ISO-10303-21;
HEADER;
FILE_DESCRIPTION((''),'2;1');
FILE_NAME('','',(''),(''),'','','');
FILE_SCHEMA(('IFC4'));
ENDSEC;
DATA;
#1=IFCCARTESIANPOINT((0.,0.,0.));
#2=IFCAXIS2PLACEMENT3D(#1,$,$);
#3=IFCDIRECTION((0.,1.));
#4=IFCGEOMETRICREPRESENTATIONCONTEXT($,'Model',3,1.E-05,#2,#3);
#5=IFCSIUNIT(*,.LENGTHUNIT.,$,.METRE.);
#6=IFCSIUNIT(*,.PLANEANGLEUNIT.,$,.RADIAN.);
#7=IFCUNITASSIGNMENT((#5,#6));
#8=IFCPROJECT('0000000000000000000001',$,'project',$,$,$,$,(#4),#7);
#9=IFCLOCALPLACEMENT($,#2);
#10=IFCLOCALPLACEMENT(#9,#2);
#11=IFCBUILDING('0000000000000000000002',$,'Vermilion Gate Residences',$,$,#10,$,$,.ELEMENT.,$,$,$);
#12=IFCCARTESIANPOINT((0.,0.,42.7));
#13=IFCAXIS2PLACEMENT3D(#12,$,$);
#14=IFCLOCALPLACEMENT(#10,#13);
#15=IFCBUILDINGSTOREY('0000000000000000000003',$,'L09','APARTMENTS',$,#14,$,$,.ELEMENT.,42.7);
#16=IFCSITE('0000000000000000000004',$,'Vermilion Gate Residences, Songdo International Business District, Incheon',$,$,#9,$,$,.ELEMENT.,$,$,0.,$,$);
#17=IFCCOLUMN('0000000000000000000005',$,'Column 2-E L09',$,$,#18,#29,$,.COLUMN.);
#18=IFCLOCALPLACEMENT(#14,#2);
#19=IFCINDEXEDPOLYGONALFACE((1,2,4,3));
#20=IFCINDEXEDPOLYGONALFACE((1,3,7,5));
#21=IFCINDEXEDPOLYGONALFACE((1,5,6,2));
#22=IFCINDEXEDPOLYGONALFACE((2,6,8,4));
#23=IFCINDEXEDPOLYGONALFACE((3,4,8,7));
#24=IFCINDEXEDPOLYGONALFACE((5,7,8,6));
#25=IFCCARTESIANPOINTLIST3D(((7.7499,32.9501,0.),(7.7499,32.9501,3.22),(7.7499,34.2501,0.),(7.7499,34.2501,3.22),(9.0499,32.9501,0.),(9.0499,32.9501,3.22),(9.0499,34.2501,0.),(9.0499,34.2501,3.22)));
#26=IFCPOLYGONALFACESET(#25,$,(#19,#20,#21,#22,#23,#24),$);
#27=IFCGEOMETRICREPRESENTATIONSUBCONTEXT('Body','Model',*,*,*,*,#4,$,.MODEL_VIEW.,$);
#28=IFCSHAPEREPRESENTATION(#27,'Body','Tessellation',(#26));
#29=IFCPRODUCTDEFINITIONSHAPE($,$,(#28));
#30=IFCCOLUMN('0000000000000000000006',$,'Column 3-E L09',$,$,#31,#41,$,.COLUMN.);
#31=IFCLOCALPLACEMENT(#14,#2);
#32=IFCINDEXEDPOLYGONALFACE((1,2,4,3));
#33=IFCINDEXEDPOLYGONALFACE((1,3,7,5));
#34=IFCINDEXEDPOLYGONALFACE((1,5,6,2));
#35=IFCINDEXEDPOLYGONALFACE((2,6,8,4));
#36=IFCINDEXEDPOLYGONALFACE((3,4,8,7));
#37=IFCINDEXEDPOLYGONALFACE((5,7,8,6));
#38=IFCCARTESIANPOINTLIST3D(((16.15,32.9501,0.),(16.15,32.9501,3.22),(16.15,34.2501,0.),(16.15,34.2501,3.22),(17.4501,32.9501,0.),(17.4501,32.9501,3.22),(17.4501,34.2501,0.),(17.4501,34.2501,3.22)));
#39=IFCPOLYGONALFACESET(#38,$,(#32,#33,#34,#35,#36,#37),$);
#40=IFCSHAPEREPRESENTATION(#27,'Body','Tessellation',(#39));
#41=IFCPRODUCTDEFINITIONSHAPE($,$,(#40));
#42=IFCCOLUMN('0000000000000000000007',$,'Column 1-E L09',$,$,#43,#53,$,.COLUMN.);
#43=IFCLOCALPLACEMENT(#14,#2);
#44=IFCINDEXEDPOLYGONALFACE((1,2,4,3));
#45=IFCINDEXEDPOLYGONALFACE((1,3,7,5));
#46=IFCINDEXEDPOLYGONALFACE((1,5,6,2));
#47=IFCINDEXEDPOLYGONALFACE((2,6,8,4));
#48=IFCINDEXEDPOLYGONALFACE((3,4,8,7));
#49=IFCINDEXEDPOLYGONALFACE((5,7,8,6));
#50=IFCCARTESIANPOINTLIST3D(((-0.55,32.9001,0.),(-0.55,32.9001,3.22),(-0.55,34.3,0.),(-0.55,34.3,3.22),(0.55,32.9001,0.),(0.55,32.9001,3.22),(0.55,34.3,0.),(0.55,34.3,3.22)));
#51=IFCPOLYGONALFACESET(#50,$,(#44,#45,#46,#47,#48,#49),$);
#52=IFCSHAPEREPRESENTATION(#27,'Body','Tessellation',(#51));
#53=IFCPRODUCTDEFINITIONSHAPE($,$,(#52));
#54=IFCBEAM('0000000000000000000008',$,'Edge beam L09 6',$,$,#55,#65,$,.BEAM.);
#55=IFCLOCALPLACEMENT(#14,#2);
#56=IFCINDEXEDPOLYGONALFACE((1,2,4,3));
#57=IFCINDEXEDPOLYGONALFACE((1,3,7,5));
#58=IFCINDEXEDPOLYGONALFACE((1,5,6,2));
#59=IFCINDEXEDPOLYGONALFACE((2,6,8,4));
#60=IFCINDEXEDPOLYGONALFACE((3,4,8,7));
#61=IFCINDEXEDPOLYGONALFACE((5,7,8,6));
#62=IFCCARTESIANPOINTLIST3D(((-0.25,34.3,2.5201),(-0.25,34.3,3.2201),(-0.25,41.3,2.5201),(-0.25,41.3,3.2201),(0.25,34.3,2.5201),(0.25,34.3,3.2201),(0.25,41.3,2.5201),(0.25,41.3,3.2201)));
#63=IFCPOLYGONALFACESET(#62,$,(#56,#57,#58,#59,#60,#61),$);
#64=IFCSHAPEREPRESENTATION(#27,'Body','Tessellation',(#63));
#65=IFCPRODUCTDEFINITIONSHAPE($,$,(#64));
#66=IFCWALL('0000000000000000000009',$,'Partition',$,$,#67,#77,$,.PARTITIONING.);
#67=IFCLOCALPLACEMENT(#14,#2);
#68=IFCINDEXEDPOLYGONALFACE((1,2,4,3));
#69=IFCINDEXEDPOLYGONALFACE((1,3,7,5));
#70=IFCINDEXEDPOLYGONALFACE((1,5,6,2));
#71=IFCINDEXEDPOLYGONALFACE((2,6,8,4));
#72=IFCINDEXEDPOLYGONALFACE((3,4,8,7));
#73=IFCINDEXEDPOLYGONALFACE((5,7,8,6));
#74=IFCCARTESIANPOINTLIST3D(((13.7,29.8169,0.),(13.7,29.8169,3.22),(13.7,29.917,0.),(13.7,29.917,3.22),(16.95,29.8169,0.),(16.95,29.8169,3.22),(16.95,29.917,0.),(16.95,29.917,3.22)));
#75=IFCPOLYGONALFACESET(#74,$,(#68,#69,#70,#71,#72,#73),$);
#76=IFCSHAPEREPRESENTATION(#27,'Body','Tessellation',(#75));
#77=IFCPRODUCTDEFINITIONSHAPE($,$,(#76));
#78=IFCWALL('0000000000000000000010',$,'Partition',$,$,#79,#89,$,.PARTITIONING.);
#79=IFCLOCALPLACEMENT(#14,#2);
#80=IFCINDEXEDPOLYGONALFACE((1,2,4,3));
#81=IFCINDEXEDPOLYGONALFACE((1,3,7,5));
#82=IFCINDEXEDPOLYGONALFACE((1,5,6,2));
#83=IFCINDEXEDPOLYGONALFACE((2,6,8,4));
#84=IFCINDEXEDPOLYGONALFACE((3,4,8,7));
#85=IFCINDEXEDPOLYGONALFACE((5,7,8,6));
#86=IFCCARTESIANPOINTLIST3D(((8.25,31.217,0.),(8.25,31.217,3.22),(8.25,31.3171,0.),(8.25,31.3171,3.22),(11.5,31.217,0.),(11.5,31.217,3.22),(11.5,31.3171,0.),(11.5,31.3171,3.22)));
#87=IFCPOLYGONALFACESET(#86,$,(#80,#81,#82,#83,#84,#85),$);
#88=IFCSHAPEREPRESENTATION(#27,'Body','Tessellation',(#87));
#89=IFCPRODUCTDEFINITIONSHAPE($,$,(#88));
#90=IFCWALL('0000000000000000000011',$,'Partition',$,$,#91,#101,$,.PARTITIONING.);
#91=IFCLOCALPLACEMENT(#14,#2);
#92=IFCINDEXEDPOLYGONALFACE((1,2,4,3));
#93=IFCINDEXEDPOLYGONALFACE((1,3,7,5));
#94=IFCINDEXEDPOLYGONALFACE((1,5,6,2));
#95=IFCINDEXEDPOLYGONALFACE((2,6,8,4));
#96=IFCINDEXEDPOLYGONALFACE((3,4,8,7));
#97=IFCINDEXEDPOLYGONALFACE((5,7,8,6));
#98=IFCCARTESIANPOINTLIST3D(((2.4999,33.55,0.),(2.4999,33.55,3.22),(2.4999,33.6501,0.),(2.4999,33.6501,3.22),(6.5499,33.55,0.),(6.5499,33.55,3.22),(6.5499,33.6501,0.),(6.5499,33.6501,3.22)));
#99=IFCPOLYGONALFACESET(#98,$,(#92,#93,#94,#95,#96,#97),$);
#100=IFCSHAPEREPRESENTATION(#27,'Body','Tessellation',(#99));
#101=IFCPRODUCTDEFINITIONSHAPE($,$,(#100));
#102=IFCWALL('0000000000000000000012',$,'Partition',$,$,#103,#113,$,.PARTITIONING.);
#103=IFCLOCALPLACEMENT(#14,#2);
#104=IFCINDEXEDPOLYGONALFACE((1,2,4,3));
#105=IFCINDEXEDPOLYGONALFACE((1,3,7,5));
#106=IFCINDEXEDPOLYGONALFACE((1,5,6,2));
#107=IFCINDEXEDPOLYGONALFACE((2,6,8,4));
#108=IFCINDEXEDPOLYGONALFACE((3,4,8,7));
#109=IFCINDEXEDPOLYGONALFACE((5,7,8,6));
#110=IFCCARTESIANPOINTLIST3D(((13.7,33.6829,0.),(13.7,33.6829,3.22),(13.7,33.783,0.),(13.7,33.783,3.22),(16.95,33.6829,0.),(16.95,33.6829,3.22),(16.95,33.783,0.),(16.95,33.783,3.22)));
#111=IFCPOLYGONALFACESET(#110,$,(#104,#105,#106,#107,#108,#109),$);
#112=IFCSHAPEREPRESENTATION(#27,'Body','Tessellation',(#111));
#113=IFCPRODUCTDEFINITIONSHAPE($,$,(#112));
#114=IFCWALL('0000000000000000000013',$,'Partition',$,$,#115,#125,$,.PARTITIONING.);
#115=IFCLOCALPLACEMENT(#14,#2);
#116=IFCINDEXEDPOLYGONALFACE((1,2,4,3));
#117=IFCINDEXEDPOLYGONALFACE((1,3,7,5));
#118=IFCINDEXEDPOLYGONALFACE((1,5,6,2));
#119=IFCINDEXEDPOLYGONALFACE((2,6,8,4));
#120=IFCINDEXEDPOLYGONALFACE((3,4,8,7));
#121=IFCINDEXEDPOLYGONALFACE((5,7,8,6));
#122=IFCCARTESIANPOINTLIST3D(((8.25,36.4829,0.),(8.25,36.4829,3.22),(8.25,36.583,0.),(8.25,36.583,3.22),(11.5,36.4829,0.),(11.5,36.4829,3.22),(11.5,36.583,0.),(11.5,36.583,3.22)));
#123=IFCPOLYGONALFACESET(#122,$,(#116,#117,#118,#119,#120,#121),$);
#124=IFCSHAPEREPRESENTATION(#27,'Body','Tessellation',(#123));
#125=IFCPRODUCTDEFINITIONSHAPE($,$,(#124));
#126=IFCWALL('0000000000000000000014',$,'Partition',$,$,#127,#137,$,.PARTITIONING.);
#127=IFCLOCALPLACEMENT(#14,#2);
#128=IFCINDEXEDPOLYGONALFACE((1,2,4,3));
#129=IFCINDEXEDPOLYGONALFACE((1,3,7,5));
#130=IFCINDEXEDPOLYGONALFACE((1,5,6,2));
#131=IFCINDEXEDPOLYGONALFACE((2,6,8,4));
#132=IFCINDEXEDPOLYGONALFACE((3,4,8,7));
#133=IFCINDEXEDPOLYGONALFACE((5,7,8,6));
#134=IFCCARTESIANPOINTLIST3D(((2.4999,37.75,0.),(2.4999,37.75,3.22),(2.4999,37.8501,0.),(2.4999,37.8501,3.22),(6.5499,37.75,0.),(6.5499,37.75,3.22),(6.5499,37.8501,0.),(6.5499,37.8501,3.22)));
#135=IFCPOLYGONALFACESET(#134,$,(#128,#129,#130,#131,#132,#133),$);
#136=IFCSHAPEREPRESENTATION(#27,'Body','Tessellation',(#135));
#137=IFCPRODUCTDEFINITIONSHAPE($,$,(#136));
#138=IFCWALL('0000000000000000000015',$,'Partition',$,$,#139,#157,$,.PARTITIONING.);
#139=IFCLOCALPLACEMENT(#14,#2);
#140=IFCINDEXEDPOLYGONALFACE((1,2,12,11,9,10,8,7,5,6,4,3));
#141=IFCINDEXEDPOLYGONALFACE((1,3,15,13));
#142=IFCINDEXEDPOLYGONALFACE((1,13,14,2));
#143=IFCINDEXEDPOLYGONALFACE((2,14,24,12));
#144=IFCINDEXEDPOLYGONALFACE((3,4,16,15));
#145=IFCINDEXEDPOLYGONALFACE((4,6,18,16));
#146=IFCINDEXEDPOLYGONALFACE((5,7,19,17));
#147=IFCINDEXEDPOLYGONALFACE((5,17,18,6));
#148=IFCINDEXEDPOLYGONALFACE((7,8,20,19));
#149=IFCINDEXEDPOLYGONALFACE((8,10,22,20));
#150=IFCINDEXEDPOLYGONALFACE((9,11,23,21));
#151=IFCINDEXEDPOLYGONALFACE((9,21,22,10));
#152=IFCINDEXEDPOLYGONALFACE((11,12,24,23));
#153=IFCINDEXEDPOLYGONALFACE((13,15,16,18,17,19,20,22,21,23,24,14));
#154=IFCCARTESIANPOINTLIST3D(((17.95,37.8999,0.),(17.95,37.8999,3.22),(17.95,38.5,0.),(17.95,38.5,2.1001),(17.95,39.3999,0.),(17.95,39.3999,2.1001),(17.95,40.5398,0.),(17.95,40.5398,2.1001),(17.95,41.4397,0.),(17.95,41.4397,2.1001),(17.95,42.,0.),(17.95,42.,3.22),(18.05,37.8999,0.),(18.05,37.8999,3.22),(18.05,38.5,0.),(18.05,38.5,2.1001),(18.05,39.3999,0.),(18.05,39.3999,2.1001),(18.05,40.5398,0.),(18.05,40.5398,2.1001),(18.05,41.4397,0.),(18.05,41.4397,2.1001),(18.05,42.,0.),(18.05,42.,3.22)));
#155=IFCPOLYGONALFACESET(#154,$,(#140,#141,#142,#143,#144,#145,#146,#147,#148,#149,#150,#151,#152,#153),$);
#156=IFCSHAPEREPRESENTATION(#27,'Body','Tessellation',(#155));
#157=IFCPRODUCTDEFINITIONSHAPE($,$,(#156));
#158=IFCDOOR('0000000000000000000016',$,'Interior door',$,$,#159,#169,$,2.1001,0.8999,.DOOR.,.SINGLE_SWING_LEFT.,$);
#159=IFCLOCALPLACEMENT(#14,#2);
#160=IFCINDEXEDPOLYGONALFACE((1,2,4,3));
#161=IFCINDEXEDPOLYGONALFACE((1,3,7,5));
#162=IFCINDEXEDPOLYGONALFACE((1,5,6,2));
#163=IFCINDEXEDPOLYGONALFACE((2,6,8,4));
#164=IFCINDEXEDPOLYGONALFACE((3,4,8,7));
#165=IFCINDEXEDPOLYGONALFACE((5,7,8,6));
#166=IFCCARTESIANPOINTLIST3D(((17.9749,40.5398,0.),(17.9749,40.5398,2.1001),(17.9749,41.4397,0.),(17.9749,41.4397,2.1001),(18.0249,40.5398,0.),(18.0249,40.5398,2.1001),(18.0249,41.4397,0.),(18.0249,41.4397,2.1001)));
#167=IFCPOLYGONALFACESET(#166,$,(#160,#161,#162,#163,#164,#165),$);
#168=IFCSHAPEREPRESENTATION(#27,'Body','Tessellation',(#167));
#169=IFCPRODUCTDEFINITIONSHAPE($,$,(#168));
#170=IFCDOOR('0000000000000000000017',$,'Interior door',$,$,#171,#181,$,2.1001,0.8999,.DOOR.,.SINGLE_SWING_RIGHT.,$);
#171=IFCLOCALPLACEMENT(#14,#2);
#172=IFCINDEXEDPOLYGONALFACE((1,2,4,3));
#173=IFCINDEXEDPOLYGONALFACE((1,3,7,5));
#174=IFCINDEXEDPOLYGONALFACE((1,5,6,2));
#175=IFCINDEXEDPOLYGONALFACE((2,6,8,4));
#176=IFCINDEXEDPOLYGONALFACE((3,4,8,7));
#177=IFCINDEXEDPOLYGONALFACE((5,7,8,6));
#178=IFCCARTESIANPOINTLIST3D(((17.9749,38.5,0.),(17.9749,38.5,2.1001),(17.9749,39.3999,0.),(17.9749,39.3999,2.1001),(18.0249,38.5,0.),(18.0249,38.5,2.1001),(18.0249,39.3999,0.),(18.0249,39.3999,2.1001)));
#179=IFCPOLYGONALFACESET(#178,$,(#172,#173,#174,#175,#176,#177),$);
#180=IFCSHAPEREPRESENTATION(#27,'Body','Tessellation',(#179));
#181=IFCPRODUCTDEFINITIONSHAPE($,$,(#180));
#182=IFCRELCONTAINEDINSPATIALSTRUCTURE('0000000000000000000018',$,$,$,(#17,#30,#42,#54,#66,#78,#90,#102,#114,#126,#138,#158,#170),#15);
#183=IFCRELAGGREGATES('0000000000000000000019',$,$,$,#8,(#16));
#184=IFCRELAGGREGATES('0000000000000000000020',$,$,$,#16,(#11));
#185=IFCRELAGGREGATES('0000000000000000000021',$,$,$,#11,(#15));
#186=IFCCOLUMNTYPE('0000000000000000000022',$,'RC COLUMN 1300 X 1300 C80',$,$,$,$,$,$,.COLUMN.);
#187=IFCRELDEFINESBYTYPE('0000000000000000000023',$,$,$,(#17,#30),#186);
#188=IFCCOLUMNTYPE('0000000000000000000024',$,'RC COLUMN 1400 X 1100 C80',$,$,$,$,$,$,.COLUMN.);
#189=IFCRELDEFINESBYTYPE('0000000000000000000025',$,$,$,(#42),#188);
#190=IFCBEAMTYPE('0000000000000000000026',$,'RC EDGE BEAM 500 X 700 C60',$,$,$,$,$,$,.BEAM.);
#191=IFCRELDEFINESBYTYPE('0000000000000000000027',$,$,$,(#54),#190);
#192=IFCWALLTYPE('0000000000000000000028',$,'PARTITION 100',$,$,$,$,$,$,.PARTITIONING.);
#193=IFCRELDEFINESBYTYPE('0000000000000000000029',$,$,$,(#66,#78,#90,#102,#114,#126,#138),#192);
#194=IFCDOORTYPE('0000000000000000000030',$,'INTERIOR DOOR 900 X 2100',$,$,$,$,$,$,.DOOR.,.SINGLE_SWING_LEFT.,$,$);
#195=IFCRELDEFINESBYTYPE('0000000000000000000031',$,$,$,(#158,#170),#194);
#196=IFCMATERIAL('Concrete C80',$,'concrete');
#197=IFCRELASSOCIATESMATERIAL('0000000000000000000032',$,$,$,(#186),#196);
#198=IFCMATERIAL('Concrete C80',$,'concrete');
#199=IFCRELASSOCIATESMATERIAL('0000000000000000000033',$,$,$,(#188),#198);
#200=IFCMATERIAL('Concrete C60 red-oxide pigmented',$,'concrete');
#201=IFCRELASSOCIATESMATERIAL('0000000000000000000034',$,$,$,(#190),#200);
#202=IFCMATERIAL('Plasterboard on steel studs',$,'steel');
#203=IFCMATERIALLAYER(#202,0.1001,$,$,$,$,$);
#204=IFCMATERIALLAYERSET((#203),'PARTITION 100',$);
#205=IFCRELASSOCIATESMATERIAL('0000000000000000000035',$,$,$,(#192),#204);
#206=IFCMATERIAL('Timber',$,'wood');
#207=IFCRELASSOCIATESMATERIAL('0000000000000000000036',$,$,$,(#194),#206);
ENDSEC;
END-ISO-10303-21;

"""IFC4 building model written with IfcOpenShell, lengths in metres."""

from ifc_helpers import new_model, si_unit, direction, frame, frame_2d, origin, origin_2d, place, context, subcontext, project, spatial, rectangle, extrude, material, layer, layer_set, material_profile, profile_set, type_object, element, fill, save


model = new_model("IFC4")

# Units and contexts
model_context = context("Model", 3, precision=1e-05, world=origin(), true_north=direction((0.0, 1.0)))
body_context = subcontext(model_context, "Body", "Model", "MODEL_VIEW")
ifc_project = project(units=[si_unit("LENGTHUNIT", "METRE"), si_unit("PLANEANGLEUNIT", "RADIAN")], contexts=[model_context])

# Site, building, storey
site_placement = place(None, origin())
site = spatial("IfcSite", under=ifc_project, at=site_placement, Name="Vermilion Gate Residences, Songdo International Business District, Incheon", CompositionType="ELEMENT", RefElevation=0.0)
building_placement = place(site_placement, origin())
building = spatial("IfcBuilding", under=site, at=building_placement, Name="Vermilion Gate Residences", CompositionType="ELEMENT")
storey_placement = place(building_placement, frame((0.0, 0.0, 42.7)))
storey = spatial("IfcBuildingStorey", under=building, at=storey_placement, Name="L09", Description="APARTMENTS", CompositionType="ELEMENT", Elevation=42.7)

# Columns
ifc_material_1 = material(Name="Concrete C80", Category="concrete")
ifc_material_profile_1 = material_profile(ifc_material_1, rectangle(XDim=1.3, YDim=1.3, at=origin_2d()), Name="RC-1300x1300")
ifc_profile_set_1 = profile_set([ifc_material_profile_1], Name="Concrete C80")
column_type_1 = type_object("IfcColumnType", Name="RC COLUMN 1300 X 1300 C80", PredefinedType="COLUMN", material=ifc_profile_set_1)
for number, where, z_axis, x_axis, name in (
    (1, (8.3999, 33.6001, 0.0), (0.0, 0.0, 1.0), (1.0, 0.0, 0.0), "Column 2-E L09"),
    (2, (16.8, 33.6001, 0.0), (0.0, 0.0, 1.0), (1.0, 0.0, 0.0), "Column 3-E L09"),
):
    element("IfcColumn", number, at=place(storey_placement, frame(where, z_axis=z_axis, x_axis=x_axis)), inside=storey, type_object=column_type_1, Name=name, PredefinedType="COLUMN", context=body_context, shape_type="SweptSolid", body=[
        extrude(rectangle(XDim=1.3, YDim=1.3, at=origin_2d()), origin(), (0.0, 0.0, 1.0), 3.22),
    ])
ifc_material_2 = material(Name="Concrete C80", Category="concrete")
ifc_material_profile_2 = material_profile(ifc_material_2, rectangle(XDim=1.3999, YDim=1.1001, at=origin_2d()), Name="RC-1400x1100")
ifc_profile_set_2 = profile_set([ifc_material_profile_2], Name="Concrete C80")
column_type_2 = type_object("IfcColumnType", Name="RC COLUMN 1400 X 1100 C80", PredefinedType="COLUMN", material=ifc_profile_set_2)
column_placement = place(storey_placement, frame((0.0, 33.6001, 0.0), z_axis=(0.0, 0.0, 1.0), x_axis=(0.0, 1.0, 0.0)))
element("IfcColumn", 3, at=column_placement, inside=storey, type_object=column_type_2, Name="Column 1-E L09", PredefinedType="COLUMN", context=body_context, shape_type="SweptSolid", body=[
    extrude(rectangle(XDim=1.3999, YDim=1.1001, at=origin_2d()), origin(), (0.0, 0.0, 1.0), 3.22),
])

# Beam
ifc_material_3 = material(Name="Concrete C60 red-oxide pigmented", Category="concrete")
ifc_material_profile_3 = material_profile(ifc_material_3, rectangle(XDim=0.5, YDim=0.7, at=origin_2d()), Name="RC-500x700")
ifc_profile_set_3 = profile_set([ifc_material_profile_3], Name="Concrete C60 red-oxide pigmented")
beam_type = type_object("IfcBeamType", Name="RC EDGE BEAM 500 X 700 C60", PredefinedType="BEAM", material=ifc_profile_set_3)
beam_placement = place(storey_placement, frame((0.0, 34.3, 2.8701), z_axis=(0.0, 1.0, 0.0), x_axis=(-1.0, 0.0, 0.0)))
element("IfcBeam", 4, at=beam_placement, inside=storey, type_object=beam_type, Name="Edge beam L09 6", PredefinedType="BEAM", context=body_context, shape_type="SweptSolid", body=[
    extrude(rectangle(XDim=0.5, YDim=0.7, at=origin_2d()), origin(), (0.0, 0.0, 1.0), 7.0),
])

# Walls
ifc_material_4 = material(Name="Plasterboard on steel studs", Category="steel")
ifc_layer_1 = layer(ifc_material_4, 0.1001)
ifc_layer_set_1 = layer_set([ifc_layer_1], Name="PARTITION 100")
wall_type_1 = type_object("IfcWallType", Name="PARTITION 100", PredefinedType="PARTITIONING", material=ifc_layer_set_1)
for number, where, z_axis, x_axis, name in (
    (5, (13.7, 29.8669, 0.0), (0.0, 0.0, 1.0), (1.0, 0.0, 0.0), "Partition"),
    (6, (8.25, 31.2671, 0.0), (0.0, 0.0, 1.0), (1.0, 0.0, 0.0), "Partition"),
):
    element("IfcWall", number, at=place(storey_placement, frame(where, z_axis=z_axis, x_axis=x_axis)), inside=storey, type_object=wall_type_1, Name=name, PredefinedType="PARTITIONING", context=body_context, shape_type="SweptSolid", body=[
        extrude(rectangle(XDim=3.25, YDim=0.1001, at=frame_2d((1.625, 0.0))), origin(), (0.0, 0.0, 1.0), 3.22),
    ])
wall_1_placement = place(storey_placement, frame((2.5, 33.6001, 0.0), z_axis=(0.0, 0.0, 1.0), x_axis=(1.0, 0.0, 0.0)))
element("IfcWall", 7, at=wall_1_placement, inside=storey, type_object=wall_type_1, Name="Partition", PredefinedType="PARTITIONING", context=body_context, shape_type="SweptSolid", body=[
    extrude(rectangle(XDim=4.05, YDim=0.1001, at=frame_2d((2.0249, 0.0))), origin(), (0.0, 0.0, 1.0), 3.22),
])
for number, where, z_axis, x_axis, name in (
    (8, (13.7, 33.7329, 0.0), (0.0, 0.0, 1.0), (1.0, 0.0, 0.0), "Partition"),
    (9, (8.25, 36.533, 0.0), (0.0, 0.0, 1.0), (1.0, 0.0, 0.0), "Partition"),
):
    element("IfcWall", number, at=place(storey_placement, frame(where, z_axis=z_axis, x_axis=x_axis)), inside=storey, type_object=wall_type_1, Name=name, PredefinedType="PARTITIONING", context=body_context, shape_type="SweptSolid", body=[
        extrude(rectangle(XDim=3.25, YDim=0.1001, at=frame_2d((1.625, 0.0))), origin(), (0.0, 0.0, 1.0), 3.22),
    ])
wall_2_placement = place(storey_placement, frame((2.5, 37.8, 0.0), z_axis=(0.0, 0.0, 1.0), x_axis=(1.0, 0.0, 0.0)))
element("IfcWall", 10, at=wall_2_placement, inside=storey, type_object=wall_type_1, Name="Partition", PredefinedType="PARTITIONING", context=body_context, shape_type="SweptSolid", body=[
    extrude(rectangle(XDim=4.05, YDim=0.1001, at=frame_2d((2.0249, 0.0))), origin(), (0.0, 0.0, 1.0), 3.22),
])

# Wall, openings, doors
wall_3_placement = place(storey_placement, frame((18.0, 37.8999, 0.0), z_axis=(0.0, 0.0, 1.0), x_axis=(0.0, 1.0, 0.0)))
wall_3 = element("IfcWall", 11, at=wall_3_placement, inside=storey, type_object=wall_type_1, Name="Partition", PredefinedType="PARTITIONING", context=body_context, shape_type="SweptSolid", body=[
    extrude(rectangle(XDim=4.1001, YDim=0.1001, at=frame_2d((2.05, 0.0))), origin(), (0.0, 0.0, 1.0), 3.22),
])
opening_1_placement = place(wall_3_placement, frame((2.6399, 0.0, 0.0)))
opening_1 = element("IfcOpeningElement", 12, at=opening_1_placement, cuts=wall_3, PredefinedType="OPENING", context=body_context, shape_type="SweptSolid", body=[
    extrude(rectangle(XDim=0.8999, YDim=2.1001, at=frame_2d((0.45, 1.05))), frame((0.0, 0.0601, 0.0), z_axis=(0.0, -1.0, 0.0), x_axis=(1.0, 0.0, 0.0)), (0.0, 0.0, 1.0), 0.1201),
])
opening_2_placement = place(wall_3_placement, frame((0.6001, 0.0, 0.0)))
opening_2 = element("IfcOpeningElement", 13, at=opening_2_placement, cuts=wall_3, PredefinedType="OPENING", context=body_context, shape_type="SweptSolid", body=[
    extrude(rectangle(XDim=0.8999, YDim=2.1001, at=frame_2d((0.45, 1.05))), frame((0.0, 0.0601, 0.0), z_axis=(0.0, -1.0, 0.0), x_axis=(1.0, 0.0, 0.0)), (0.0, 0.0, 1.0), 0.1201),
])
ifc_material_5 = material(Name="Timber", Category="wood")
door_type = type_object("IfcDoorType", Name="INTERIOR DOOR 900 X 2100", OperationType="SINGLE_SWING_LEFT", PredefinedType="DOOR", material=ifc_material_5)
door_1_placement = place(opening_1_placement, frame((0.8999, 0.0, 0.0), z_axis=(0.0, 0.0, 1.0), x_axis=(-1.0, 0.0, 0.0)))
door_1 = element("IfcDoor", 14, at=door_1_placement, inside=storey, type_object=door_type, Name="Interior door", OperationType="SINGLE_SWING_LEFT", OverallHeight=2.1001, OverallWidth=0.8999, PredefinedType="DOOR", context=body_context, shape_type="SweptSolid", body=[
    extrude(rectangle(XDim=0.8999, YDim=2.1001, at=frame_2d((0.45, 1.05))), frame((0.0, 0.0249, 0.0), z_axis=(0.0, -1.0, 0.0), x_axis=(1.0, 0.0, 0.0)), (0.0, 0.0, 1.0), 0.05),
])
fill(opening_1, door_1)
door_2_placement = place(opening_2_placement, frame((0.8999, 0.0, 0.0), z_axis=(0.0, 0.0, 1.0), x_axis=(-1.0, 0.0, 0.0)))
door_2 = element("IfcDoor", 15, at=door_2_placement, inside=storey, type_object=door_type, Name="Interior door", OperationType="SINGLE_SWING_RIGHT", OverallHeight=2.1001, OverallWidth=0.8999, PredefinedType="DOOR", context=body_context, shape_type="SweptSolid", body=[
    extrude(rectangle(XDim=0.8999, YDim=2.1001, at=frame_2d((0.45, 1.05))), frame((0.0, 0.0249, 0.0), z_axis=(0.0, -1.0, 0.0), x_axis=(1.0, 0.0, 0.0)), (0.0, 0.0, 1.0), 0.05),
])
fill(opening_2, door_2)

save(model, "model.ifc")
